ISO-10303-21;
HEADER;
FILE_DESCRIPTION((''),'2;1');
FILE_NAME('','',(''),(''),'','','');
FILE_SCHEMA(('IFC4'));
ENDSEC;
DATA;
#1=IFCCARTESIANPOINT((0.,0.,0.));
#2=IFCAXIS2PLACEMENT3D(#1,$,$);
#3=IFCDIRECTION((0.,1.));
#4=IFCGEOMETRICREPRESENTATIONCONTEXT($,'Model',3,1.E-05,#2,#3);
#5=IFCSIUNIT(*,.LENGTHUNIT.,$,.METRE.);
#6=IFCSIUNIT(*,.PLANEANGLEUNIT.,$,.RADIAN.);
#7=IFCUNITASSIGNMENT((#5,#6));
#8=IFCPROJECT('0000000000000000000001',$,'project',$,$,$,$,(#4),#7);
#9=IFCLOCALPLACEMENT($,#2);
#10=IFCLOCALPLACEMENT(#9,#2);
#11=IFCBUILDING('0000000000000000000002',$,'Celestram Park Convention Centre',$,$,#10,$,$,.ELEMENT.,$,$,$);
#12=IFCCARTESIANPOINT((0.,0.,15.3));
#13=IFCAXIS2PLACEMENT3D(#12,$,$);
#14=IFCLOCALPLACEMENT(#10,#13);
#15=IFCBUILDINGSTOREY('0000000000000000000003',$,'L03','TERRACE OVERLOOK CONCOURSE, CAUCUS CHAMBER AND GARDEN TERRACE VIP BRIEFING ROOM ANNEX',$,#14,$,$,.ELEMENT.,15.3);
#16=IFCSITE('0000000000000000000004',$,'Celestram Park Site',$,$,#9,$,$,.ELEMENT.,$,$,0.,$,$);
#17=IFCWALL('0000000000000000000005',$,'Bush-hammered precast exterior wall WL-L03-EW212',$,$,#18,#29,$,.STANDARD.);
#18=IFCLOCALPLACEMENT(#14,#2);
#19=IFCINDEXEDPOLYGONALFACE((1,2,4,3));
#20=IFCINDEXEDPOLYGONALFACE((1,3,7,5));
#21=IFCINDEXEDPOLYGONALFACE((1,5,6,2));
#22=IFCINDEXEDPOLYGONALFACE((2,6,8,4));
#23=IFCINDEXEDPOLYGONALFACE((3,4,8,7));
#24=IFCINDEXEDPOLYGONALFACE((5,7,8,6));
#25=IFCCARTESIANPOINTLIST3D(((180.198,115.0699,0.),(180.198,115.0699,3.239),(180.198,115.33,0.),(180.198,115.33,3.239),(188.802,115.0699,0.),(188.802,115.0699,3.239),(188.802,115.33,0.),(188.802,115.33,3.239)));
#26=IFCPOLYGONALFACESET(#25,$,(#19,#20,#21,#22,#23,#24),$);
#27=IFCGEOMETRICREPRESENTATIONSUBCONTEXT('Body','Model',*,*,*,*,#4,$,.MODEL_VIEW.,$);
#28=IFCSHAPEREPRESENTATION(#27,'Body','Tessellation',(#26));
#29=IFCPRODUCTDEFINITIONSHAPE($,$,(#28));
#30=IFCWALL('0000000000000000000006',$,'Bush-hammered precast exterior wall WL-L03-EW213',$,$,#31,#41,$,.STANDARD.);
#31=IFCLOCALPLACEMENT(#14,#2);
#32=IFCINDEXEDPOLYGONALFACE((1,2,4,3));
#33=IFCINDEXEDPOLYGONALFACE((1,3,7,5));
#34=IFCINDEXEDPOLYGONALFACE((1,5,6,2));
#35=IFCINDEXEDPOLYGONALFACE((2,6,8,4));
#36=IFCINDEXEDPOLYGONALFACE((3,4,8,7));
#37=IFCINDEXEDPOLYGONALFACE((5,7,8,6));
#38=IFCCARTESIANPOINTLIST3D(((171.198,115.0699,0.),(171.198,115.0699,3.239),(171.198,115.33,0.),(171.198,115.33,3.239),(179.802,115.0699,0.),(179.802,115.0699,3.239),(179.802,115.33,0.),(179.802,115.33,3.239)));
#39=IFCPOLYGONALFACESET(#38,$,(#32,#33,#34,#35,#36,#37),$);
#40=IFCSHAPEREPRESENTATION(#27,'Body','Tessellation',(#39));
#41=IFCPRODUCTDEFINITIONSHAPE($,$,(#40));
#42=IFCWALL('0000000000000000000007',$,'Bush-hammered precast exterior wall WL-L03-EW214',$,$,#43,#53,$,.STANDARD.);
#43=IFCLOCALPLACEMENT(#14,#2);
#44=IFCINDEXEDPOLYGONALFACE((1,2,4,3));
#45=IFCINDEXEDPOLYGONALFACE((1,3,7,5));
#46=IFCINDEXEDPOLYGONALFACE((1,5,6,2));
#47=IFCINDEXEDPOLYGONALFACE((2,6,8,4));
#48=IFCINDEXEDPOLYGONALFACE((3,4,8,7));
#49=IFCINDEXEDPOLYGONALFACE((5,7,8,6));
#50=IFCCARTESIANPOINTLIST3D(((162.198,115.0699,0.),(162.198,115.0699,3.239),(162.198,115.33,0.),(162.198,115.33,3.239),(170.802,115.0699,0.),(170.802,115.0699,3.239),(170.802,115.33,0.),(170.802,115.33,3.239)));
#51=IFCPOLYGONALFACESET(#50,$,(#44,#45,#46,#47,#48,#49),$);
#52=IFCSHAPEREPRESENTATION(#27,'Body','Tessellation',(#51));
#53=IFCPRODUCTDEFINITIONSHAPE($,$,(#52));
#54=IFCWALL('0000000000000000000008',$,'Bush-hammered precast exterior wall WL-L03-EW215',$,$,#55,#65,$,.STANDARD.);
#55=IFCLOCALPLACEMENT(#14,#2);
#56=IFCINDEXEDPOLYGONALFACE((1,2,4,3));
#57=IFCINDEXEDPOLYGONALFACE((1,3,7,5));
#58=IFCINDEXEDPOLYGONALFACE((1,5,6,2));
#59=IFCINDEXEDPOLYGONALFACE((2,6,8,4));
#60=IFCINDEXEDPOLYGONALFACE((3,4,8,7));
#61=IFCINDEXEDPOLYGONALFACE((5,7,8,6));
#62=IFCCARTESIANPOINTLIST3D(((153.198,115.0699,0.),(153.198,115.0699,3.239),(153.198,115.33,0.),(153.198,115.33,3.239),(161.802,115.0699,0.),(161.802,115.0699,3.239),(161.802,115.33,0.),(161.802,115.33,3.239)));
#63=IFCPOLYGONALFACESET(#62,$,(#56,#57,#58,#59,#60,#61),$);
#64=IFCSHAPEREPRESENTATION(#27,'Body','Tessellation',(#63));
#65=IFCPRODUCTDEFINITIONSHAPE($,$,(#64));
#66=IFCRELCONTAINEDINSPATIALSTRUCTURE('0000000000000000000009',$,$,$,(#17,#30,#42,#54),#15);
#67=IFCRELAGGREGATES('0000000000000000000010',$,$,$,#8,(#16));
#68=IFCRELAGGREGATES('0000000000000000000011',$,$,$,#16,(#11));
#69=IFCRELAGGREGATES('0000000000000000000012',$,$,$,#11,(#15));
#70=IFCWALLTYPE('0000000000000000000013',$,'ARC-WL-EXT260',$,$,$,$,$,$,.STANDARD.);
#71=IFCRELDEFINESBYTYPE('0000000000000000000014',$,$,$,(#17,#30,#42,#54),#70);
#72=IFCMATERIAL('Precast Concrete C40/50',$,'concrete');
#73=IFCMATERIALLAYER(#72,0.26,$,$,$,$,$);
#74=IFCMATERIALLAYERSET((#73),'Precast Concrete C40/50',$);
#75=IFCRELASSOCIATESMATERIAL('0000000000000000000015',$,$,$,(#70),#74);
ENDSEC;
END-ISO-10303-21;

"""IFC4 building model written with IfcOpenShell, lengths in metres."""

from ifc_helpers import new_model, si_unit, direction, frame, frame_2d, origin, place, context, subcontext, project, spatial, rectangle, extrude, material, layer, layer_set, type_object, element, save


model = new_model("IFC4")

# Units and contexts
model_context = context("Model", 3, precision=1e-05, world=origin(), true_north=direction((0.0, 1.0)))
body_context = subcontext(model_context, "Body", "Model", "MODEL_VIEW")
ifc_project = project(units=[si_unit("LENGTHUNIT", "METRE"), si_unit("PLANEANGLEUNIT", "RADIAN")], contexts=[model_context])

# Site, building, storey
site_placement = place(None, origin())
site = spatial("IfcSite", under=ifc_project, at=site_placement, Name="Celestram Park Site", CompositionType="ELEMENT", RefElevation=0.0)
building_placement = place(site_placement, origin())
building = spatial("IfcBuilding", under=site, at=building_placement, Name="Celestram Park Convention Centre", CompositionType="ELEMENT")
storey_placement = place(building_placement, frame((0.0, 0.0, 15.3)))
storey = spatial("IfcBuildingStorey", under=building, at=storey_placement, Name="L03", Description="TERRACE OVERLOOK CONCOURSE, CAUCUS CHAMBER AND GARDEN TERRACE VIP BRIEFING ROOM ANNEX", CompositionType="ELEMENT", Elevation=15.3)

# Walls
ifc_material_1 = material(Name="Precast Concrete C40/50", Category="concrete")
ifc_layer_1 = layer(ifc_material_1, 0.26)
ifc_layer_set_1 = layer_set([ifc_layer_1], Name="Precast Concrete C40/50")
wall_type = type_object("IfcWallType", Name="ARC-WL-EXT260", PredefinedType="STANDARD", material=ifc_layer_set_1)
for number, where, z_axis, x_axis, name in (
    (1, (188.802, 115.2, 0.0), (0.0, 0.0, 1.0), (-1.0, 0.0, 0.0), "Bush-hammered precast exterior wall WL-L03-EW212"),
    (2, (179.802, 115.2, 0.0), (0.0, 0.0, 1.0), (-1.0, 0.0, 0.0), "Bush-hammered precast exterior wall WL-L03-EW213"),
    (3, (170.802, 115.2, 0.0), (0.0, 0.0, 1.0), (-1.0, 0.0, 0.0), "Bush-hammered precast exterior wall WL-L03-EW214"),
    (4, (161.802, 115.2, 0.0), (0.0, 0.0, 1.0), (-1.0, 0.0, 0.0), "Bush-hammered precast exterior wall WL-L03-EW215"),
):
    element("IfcWall", number, at=place(storey_placement, frame(where, z_axis=z_axis, x_axis=x_axis)), inside=storey, type_object=wall_type, Name=name, PredefinedType="STANDARD", context=body_context, shape_type="SweptSolid", body=[
        extrude(rectangle(XDim=8.604, YDim=0.26, at=frame_2d((4.302, 0.0))), origin(), (0.0, 0.0, 1.0), 3.239),
    ])

save(model, "model.ifc")
